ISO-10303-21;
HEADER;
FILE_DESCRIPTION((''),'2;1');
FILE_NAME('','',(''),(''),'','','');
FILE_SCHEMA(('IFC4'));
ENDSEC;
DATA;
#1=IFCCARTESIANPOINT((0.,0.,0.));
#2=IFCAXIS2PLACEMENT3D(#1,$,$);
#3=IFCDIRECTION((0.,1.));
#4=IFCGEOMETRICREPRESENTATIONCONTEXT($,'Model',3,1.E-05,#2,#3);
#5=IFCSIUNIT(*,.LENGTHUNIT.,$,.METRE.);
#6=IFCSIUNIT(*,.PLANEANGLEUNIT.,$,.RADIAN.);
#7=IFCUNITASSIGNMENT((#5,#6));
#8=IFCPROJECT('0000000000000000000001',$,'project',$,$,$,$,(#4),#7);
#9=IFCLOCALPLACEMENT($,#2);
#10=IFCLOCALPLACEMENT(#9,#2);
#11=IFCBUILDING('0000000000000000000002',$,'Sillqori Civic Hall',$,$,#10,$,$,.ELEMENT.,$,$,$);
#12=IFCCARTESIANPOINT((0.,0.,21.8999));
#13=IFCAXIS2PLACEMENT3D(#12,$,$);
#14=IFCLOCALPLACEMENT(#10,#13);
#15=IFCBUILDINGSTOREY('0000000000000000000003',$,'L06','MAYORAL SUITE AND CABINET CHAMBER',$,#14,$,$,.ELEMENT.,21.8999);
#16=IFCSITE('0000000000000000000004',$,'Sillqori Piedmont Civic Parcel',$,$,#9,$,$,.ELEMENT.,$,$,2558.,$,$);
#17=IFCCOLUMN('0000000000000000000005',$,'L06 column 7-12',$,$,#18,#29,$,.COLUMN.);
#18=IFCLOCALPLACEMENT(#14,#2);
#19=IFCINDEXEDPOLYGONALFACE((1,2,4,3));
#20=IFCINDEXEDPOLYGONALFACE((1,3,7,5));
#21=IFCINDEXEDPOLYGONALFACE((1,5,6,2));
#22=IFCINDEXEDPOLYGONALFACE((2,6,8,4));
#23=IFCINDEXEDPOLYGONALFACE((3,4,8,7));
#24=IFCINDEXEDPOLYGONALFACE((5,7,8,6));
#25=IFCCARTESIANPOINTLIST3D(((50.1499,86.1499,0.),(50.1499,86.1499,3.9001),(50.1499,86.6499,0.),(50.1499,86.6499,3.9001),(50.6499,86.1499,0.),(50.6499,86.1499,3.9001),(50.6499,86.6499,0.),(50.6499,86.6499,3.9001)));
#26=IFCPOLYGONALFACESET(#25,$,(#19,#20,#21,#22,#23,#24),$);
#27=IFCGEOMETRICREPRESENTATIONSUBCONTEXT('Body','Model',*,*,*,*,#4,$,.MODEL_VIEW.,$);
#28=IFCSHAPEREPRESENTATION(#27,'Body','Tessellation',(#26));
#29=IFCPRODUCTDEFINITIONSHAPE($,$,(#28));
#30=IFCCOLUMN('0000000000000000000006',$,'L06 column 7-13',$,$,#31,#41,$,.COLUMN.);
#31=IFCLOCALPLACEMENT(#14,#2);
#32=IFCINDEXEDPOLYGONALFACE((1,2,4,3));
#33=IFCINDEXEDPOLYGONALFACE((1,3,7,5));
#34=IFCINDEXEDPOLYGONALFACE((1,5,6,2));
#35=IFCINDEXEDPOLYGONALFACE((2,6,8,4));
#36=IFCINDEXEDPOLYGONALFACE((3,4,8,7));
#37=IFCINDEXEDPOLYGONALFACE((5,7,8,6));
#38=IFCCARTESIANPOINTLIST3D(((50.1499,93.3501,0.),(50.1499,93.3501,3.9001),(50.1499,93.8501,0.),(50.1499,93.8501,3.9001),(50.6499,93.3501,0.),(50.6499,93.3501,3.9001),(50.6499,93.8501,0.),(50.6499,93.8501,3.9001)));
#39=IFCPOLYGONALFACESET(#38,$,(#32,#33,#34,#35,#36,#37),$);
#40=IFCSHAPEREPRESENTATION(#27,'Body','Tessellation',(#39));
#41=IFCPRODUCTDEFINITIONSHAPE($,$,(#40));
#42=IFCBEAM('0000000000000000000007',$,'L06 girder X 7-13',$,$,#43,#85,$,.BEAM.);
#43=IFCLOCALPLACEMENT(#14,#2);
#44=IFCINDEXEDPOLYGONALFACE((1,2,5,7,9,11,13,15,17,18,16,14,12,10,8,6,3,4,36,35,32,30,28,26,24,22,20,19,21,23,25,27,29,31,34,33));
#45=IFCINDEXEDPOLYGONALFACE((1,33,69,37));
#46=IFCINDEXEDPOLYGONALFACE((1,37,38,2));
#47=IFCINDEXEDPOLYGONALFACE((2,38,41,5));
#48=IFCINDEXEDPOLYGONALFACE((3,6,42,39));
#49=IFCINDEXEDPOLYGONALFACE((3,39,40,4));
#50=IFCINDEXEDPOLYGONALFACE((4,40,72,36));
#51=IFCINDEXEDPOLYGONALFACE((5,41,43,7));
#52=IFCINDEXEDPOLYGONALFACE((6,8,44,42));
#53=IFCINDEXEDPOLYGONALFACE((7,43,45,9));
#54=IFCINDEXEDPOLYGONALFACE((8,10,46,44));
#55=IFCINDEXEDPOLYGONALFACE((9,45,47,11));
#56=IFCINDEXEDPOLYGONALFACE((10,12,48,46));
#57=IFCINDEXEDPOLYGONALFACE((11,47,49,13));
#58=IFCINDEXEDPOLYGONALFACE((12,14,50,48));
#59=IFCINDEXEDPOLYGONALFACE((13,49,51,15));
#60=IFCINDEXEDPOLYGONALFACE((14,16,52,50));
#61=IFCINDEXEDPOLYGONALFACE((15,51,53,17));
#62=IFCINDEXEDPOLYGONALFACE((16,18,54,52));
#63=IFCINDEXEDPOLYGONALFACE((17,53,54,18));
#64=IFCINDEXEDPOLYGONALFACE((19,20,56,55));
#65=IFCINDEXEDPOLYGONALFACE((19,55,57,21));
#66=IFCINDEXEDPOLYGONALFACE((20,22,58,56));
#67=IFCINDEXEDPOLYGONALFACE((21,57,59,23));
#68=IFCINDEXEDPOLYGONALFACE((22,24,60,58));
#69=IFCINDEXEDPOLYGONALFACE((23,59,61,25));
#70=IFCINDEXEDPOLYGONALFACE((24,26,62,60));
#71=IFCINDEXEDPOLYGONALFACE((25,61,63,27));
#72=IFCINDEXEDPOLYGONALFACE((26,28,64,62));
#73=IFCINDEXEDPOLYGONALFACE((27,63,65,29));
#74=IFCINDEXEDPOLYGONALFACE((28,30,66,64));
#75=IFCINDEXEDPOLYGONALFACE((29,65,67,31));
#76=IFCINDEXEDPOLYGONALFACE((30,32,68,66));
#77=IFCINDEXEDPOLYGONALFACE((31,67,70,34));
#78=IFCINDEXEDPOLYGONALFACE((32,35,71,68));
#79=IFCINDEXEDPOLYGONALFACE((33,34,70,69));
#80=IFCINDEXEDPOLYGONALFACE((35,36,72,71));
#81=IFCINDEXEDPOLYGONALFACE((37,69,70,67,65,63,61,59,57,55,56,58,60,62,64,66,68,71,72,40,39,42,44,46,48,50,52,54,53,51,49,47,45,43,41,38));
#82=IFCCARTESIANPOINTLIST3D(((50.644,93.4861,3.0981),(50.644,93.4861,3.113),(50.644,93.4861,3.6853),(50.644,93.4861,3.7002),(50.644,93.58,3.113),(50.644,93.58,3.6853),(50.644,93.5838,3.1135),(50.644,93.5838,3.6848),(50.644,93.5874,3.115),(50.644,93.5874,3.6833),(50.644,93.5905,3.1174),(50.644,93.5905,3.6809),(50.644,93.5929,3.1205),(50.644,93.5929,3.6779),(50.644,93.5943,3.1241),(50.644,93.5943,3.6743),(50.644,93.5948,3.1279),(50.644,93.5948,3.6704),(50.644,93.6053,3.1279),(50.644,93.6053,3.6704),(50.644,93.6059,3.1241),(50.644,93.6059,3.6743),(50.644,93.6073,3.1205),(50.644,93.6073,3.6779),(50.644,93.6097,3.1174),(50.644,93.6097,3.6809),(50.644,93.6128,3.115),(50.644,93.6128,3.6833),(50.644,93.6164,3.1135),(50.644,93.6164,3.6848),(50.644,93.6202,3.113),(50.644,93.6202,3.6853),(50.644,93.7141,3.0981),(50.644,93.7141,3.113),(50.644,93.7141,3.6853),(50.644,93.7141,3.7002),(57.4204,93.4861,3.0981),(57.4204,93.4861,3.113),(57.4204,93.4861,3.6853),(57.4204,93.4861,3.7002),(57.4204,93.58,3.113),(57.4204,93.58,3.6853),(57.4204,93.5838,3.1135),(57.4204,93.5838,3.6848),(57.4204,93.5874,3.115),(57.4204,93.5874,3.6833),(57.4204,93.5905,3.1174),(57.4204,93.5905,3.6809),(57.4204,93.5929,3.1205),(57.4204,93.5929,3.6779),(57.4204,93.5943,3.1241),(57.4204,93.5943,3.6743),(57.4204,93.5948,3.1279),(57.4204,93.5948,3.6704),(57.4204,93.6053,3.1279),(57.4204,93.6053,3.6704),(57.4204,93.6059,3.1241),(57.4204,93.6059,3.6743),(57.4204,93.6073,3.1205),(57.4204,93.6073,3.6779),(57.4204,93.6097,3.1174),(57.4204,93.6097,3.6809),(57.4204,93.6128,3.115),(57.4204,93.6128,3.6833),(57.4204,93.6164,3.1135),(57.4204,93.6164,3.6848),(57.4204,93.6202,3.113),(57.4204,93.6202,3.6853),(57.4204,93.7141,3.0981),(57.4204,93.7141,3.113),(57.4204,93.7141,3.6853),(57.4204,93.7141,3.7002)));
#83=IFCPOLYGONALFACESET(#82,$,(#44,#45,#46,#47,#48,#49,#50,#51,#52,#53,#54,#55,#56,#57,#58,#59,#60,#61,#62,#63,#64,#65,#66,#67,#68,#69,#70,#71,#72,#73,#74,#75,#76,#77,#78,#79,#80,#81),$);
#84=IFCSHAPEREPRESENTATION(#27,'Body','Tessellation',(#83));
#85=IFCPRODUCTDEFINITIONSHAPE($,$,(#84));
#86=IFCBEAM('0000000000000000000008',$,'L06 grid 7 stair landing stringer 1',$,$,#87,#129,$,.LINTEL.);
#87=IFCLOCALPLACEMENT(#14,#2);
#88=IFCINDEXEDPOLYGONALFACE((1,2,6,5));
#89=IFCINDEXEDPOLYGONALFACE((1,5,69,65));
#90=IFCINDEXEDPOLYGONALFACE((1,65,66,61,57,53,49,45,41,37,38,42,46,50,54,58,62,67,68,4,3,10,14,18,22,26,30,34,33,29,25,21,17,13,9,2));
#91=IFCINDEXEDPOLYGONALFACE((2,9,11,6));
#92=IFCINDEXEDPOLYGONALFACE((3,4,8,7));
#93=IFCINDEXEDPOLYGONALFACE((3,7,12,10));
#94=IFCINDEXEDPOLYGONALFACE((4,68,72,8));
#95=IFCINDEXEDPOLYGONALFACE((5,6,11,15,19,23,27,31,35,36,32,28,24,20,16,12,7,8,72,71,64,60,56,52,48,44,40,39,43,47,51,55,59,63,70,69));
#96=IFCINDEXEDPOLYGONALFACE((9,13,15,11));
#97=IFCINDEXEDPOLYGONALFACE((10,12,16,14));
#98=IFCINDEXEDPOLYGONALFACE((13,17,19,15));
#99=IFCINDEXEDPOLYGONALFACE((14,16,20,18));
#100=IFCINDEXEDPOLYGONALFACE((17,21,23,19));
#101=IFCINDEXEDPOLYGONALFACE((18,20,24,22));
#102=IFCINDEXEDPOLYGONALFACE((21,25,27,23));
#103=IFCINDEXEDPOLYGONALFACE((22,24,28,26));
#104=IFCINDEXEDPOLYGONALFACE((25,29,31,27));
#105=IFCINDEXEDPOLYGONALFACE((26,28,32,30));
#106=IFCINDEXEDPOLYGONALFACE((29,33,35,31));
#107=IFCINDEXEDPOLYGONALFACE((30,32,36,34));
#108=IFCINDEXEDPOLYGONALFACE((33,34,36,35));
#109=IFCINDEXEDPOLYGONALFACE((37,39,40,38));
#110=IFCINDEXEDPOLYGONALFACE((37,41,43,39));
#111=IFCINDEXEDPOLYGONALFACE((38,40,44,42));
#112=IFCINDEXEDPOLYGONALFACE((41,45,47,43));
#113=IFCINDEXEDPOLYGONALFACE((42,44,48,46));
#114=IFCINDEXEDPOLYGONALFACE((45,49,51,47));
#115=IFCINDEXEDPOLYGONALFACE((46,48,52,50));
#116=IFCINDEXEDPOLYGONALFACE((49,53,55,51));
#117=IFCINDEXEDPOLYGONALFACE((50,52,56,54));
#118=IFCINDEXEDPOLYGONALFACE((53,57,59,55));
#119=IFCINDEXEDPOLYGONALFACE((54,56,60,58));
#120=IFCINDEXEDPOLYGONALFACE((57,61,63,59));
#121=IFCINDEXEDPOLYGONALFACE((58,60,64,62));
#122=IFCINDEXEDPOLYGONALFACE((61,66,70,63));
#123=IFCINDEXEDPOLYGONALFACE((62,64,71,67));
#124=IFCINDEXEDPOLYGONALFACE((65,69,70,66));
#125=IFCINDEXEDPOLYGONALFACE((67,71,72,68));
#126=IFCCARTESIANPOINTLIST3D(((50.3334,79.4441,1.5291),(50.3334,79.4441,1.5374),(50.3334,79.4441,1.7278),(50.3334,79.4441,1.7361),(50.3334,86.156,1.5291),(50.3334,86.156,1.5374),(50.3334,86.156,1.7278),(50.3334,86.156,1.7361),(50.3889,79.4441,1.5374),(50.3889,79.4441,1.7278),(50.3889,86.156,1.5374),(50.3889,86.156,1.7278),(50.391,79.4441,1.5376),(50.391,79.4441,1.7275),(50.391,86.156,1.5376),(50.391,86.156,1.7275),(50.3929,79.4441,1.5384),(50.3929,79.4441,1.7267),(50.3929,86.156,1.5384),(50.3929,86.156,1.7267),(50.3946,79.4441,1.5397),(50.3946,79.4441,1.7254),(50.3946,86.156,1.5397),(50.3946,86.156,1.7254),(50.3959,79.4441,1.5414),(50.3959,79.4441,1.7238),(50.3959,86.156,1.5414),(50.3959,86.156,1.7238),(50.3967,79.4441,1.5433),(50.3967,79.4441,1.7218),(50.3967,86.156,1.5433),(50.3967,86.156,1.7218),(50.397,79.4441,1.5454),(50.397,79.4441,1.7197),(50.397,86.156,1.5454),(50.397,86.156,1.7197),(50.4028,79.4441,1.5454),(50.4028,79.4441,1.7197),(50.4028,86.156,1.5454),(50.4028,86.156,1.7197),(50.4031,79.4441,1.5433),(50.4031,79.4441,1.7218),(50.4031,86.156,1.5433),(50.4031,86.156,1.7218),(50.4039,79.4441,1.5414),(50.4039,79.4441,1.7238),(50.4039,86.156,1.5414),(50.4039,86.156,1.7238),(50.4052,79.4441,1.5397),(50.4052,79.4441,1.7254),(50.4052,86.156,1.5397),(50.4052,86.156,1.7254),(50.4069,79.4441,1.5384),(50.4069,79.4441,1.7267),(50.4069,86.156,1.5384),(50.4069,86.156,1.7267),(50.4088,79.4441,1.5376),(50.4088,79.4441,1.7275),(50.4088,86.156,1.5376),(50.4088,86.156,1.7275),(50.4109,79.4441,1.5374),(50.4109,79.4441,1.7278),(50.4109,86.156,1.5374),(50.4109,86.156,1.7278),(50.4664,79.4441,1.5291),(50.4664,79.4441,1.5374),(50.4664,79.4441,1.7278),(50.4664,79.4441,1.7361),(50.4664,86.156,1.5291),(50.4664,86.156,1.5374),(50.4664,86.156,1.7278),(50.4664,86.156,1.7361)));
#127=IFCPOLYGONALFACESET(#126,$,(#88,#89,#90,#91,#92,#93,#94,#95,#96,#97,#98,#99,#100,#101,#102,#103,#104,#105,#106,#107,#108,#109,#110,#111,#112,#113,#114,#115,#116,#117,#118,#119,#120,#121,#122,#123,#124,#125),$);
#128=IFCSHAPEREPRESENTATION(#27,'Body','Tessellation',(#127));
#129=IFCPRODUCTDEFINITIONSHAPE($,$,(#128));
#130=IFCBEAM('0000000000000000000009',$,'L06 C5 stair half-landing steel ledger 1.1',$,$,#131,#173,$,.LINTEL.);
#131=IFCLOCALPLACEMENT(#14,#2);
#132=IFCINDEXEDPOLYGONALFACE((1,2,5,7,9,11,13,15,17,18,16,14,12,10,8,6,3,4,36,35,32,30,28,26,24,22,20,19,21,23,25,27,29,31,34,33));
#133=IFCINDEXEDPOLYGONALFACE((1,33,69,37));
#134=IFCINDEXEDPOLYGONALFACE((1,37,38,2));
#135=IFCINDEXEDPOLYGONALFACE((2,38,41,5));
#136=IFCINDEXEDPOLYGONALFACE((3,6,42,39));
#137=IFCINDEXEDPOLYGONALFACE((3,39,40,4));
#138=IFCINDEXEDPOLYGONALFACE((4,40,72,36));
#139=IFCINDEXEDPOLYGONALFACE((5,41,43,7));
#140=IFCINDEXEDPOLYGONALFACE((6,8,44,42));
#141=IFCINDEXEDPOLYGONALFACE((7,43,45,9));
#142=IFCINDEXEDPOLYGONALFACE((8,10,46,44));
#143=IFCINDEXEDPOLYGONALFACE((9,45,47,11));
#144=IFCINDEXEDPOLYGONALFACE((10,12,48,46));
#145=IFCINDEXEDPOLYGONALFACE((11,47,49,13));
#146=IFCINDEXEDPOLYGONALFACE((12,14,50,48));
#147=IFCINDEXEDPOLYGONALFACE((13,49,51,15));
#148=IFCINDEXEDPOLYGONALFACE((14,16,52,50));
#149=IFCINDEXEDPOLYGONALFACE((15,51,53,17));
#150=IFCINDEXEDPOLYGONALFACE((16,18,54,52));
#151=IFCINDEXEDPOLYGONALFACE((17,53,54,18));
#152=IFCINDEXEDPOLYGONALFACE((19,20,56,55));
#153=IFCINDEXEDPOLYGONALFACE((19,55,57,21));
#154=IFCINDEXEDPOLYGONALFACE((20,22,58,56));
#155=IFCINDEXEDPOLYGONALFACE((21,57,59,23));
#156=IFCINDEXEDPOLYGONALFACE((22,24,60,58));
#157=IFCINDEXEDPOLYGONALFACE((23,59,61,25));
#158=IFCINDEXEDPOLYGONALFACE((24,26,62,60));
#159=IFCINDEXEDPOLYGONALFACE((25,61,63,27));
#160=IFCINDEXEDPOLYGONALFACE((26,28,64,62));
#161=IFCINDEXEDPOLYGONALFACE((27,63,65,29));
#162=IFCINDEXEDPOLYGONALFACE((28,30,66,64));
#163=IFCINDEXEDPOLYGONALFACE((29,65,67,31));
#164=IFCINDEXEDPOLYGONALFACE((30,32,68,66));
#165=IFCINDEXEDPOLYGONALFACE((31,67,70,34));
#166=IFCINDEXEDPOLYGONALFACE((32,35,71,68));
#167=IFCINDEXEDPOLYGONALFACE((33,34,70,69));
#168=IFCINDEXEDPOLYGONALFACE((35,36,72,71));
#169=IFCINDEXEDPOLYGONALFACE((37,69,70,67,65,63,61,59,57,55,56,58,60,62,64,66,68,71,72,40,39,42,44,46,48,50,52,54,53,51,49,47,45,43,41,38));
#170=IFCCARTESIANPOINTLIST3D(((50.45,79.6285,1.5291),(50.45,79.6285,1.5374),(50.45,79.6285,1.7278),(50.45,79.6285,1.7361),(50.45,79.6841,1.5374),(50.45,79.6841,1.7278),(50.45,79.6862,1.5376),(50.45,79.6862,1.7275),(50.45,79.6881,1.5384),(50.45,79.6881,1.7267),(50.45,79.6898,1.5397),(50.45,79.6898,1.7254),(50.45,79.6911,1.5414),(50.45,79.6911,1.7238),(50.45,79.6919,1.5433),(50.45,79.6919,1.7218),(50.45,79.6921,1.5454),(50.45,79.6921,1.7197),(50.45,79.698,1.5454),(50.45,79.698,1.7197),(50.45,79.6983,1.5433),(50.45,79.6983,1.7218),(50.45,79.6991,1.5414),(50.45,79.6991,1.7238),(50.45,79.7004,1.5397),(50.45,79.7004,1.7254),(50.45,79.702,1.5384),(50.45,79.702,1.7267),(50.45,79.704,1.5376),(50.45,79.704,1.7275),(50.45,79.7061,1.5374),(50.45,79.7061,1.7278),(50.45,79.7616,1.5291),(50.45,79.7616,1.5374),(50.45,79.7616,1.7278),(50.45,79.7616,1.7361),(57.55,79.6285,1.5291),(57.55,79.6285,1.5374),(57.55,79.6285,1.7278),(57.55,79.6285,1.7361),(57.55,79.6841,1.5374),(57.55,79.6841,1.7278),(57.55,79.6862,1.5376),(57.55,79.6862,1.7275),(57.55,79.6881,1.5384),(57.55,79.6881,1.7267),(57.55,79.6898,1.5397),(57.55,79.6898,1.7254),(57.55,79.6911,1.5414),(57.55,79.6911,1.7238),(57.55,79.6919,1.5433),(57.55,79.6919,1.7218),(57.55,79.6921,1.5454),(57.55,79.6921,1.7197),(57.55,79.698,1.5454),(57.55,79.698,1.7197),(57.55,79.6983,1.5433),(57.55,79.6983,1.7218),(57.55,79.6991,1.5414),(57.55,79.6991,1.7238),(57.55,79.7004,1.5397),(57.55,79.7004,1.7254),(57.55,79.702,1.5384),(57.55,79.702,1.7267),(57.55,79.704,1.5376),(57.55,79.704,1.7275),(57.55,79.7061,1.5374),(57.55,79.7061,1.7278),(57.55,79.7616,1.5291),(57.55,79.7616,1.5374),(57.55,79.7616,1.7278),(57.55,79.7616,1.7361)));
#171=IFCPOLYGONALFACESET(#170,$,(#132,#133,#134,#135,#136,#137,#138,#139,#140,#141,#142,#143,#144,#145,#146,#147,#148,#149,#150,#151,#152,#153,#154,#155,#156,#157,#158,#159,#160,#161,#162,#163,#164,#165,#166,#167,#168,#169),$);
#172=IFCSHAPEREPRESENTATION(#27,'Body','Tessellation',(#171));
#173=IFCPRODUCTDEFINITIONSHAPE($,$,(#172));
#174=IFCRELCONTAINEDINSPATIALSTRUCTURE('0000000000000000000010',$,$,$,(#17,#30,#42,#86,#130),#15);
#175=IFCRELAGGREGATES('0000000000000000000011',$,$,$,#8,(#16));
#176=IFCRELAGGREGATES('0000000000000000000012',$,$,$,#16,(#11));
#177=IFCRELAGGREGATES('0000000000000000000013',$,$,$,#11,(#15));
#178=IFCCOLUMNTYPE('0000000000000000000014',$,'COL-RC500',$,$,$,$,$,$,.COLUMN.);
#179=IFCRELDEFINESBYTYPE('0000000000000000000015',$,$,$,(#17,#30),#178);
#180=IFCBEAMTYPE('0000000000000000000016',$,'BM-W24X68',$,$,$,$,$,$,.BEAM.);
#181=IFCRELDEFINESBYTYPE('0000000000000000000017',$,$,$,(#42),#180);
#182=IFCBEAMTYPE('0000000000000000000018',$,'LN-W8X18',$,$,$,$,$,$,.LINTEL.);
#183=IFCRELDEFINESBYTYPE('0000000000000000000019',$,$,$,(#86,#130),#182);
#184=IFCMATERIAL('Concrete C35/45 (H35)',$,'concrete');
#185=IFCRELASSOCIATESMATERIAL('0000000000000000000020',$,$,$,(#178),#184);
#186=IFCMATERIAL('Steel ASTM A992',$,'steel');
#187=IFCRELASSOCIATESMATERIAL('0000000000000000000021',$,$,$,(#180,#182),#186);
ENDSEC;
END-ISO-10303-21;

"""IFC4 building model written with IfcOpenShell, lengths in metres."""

from ifc_helpers import new_model, si_unit, direction, frame, origin, origin_2d, place, context, subcontext, project, spatial, rectangle, i_section, extrude, material, material_profile, profile_set, type_object, element, save


model = new_model("IFC4")

# Units and contexts
model_context = context("Model", 3, precision=1e-05, world=origin(), true_north=direction((0.0, 1.0)))
body_context = subcontext(model_context, "Body", "Model", "MODEL_VIEW")
ifc_project = project(units=[si_unit("LENGTHUNIT", "METRE"), si_unit("PLANEANGLEUNIT", "RADIAN")], contexts=[model_context])

# Site, building, storey
site_placement = place(None, origin())
site = spatial("IfcSite", under=ifc_project, at=site_placement, Name="Sillqori Piedmont Civic Parcel", CompositionType="ELEMENT", RefElevation=2558.0)
building_placement = place(site_placement, origin())
building = spatial("IfcBuilding", under=site, at=building_placement, Name="Sillqori Civic Hall", CompositionType="ELEMENT")
storey_placement = place(building_placement, frame((0.0, 0.0, 21.8999)))
storey = spatial("IfcBuildingStorey", under=building, at=storey_placement, Name="L06", Description="MAYORAL SUITE AND CABINET CHAMBER", CompositionType="ELEMENT", Elevation=21.8999)

# Columns
ifc_material_1 = material(Name="Concrete C35/45 (H35)", Category="concrete")
ifc_material_profile_1 = material_profile(ifc_material_1, rectangle(XDim=0.5, YDim=0.5, at=origin_2d()), Name="RC 500x500")
ifc_profile_set_1 = profile_set([ifc_material_profile_1], Name="Concrete C35/45 (H35)")
column_type = type_object("IfcColumnType", Name="COL-RC500", PredefinedType="COLUMN", material=ifc_profile_set_1)
for number, where, z_axis, x_axis, name in (
    (1, (50.3999, 86.3999, 0.0), (0.0, 0.0, 1.0), (1.0, 0.0, 0.0), "L06 column 7-12"),
    (2, (50.3999, 93.6001, 0.0), (0.0, 0.0, 1.0), (1.0, 0.0, 0.0), "L06 column 7-13"),
):
    element("IfcColumn", number, at=place(storey_placement, frame(where, z_axis=z_axis, x_axis=x_axis)), inside=storey, type_object=column_type, Name=name, PredefinedType="COLUMN", context=body_context, shape_type="SweptSolid", body=[
        extrude(rectangle(XDim=0.5, YDim=0.5, at=origin_2d()), origin(), (0.0, 0.0, 1.0), 3.9001),
    ])

# Beams
ifc_material_2 = material(Name="Steel ASTM A992", Category="steel")
ifc_material_profile_2 = material_profile(ifc_material_2, i_section(OverallWidth=0.228, OverallDepth=0.6021, WebThickness=0.0105, FlangeThickness=0.0149, FilletRadius=0.0149, at=origin_2d()), Name="W24X68")
ifc_profile_set_2 = profile_set([ifc_material_profile_2], Name="Steel ASTM A992")
beam_type_1 = type_object("IfcBeamType", Name="BM-W24X68", PredefinedType="BEAM", material=ifc_profile_set_2)
beam_1_placement = place(storey_placement, frame((50.644, 93.6001, 3.3992), z_axis=(1.0, 0.0, 0.0), x_axis=(0.0, 1.0, 0.0)))
element("IfcBeam", 3, at=beam_1_placement, inside=storey, type_object=beam_type_1, Name="L06 girder X 7-13", PredefinedType="BEAM", context=body_context, shape_type="SweptSolid", body=[
    extrude(i_section(OverallWidth=0.228, OverallDepth=0.6021, WebThickness=0.0105, FlangeThickness=0.0149, FilletRadius=0.0149, at=origin_2d()), origin(), (0.0, 0.0, 1.0), 6.7764),
])
ifc_material_profile_3 = material_profile(ifc_material_2, i_section(OverallWidth=0.1331, OverallDepth=0.207, WebThickness=0.0059, FlangeThickness=0.0083, FilletRadius=0.0081, at=origin_2d()), Name="W8X18")
ifc_profile_set_3 = profile_set([ifc_material_profile_3], Name="Steel ASTM A992")
beam_type_2 = type_object("IfcBeamType", Name="LN-W8X18", PredefinedType="LINTEL", material=ifc_profile_set_3)
beam_2_placement = place(storey_placement, frame((50.3999, 79.4441, 1.6326), z_axis=(0.0, 1.0, 0.0), x_axis=(-1.0, 0.0, 0.0)))
element("IfcBeam", 4, at=beam_2_placement, inside=storey, type_object=beam_type_2, Name="L06 grid 7 stair landing stringer 1", PredefinedType="LINTEL", context=body_context, shape_type="SweptSolid", body=[
    extrude(i_section(OverallWidth=0.1331, OverallDepth=0.207, WebThickness=0.0059, FlangeThickness=0.0083, FilletRadius=0.0081, at=origin_2d()), origin(), (0.0, 0.0, 1.0), 6.7119),
])
for number, where, z_axis, x_axis, name in (
    (5, (50.45, 79.6951, 1.6326), (1.0, 0.0, 0.0), (0.0, 1.0, 0.0), "L06 C5 stair half-landing steel ledger 1.1"),
):
    element("IfcBeam", number, at=place(storey_placement, frame(where, z_axis=z_axis, x_axis=x_axis)), inside=storey, type_object=beam_type_2, Name=name, PredefinedType="LINTEL", context=body_context, shape_type="SweptSolid", body=[
        extrude(i_section(OverallWidth=0.1331, OverallDepth=0.207, WebThickness=0.0059, FlangeThickness=0.0083, FilletRadius=0.0081, at=origin_2d()), origin(), (0.0, 0.0, 1.0), 7.1001),
    ])

save(model, "model.ifc")
